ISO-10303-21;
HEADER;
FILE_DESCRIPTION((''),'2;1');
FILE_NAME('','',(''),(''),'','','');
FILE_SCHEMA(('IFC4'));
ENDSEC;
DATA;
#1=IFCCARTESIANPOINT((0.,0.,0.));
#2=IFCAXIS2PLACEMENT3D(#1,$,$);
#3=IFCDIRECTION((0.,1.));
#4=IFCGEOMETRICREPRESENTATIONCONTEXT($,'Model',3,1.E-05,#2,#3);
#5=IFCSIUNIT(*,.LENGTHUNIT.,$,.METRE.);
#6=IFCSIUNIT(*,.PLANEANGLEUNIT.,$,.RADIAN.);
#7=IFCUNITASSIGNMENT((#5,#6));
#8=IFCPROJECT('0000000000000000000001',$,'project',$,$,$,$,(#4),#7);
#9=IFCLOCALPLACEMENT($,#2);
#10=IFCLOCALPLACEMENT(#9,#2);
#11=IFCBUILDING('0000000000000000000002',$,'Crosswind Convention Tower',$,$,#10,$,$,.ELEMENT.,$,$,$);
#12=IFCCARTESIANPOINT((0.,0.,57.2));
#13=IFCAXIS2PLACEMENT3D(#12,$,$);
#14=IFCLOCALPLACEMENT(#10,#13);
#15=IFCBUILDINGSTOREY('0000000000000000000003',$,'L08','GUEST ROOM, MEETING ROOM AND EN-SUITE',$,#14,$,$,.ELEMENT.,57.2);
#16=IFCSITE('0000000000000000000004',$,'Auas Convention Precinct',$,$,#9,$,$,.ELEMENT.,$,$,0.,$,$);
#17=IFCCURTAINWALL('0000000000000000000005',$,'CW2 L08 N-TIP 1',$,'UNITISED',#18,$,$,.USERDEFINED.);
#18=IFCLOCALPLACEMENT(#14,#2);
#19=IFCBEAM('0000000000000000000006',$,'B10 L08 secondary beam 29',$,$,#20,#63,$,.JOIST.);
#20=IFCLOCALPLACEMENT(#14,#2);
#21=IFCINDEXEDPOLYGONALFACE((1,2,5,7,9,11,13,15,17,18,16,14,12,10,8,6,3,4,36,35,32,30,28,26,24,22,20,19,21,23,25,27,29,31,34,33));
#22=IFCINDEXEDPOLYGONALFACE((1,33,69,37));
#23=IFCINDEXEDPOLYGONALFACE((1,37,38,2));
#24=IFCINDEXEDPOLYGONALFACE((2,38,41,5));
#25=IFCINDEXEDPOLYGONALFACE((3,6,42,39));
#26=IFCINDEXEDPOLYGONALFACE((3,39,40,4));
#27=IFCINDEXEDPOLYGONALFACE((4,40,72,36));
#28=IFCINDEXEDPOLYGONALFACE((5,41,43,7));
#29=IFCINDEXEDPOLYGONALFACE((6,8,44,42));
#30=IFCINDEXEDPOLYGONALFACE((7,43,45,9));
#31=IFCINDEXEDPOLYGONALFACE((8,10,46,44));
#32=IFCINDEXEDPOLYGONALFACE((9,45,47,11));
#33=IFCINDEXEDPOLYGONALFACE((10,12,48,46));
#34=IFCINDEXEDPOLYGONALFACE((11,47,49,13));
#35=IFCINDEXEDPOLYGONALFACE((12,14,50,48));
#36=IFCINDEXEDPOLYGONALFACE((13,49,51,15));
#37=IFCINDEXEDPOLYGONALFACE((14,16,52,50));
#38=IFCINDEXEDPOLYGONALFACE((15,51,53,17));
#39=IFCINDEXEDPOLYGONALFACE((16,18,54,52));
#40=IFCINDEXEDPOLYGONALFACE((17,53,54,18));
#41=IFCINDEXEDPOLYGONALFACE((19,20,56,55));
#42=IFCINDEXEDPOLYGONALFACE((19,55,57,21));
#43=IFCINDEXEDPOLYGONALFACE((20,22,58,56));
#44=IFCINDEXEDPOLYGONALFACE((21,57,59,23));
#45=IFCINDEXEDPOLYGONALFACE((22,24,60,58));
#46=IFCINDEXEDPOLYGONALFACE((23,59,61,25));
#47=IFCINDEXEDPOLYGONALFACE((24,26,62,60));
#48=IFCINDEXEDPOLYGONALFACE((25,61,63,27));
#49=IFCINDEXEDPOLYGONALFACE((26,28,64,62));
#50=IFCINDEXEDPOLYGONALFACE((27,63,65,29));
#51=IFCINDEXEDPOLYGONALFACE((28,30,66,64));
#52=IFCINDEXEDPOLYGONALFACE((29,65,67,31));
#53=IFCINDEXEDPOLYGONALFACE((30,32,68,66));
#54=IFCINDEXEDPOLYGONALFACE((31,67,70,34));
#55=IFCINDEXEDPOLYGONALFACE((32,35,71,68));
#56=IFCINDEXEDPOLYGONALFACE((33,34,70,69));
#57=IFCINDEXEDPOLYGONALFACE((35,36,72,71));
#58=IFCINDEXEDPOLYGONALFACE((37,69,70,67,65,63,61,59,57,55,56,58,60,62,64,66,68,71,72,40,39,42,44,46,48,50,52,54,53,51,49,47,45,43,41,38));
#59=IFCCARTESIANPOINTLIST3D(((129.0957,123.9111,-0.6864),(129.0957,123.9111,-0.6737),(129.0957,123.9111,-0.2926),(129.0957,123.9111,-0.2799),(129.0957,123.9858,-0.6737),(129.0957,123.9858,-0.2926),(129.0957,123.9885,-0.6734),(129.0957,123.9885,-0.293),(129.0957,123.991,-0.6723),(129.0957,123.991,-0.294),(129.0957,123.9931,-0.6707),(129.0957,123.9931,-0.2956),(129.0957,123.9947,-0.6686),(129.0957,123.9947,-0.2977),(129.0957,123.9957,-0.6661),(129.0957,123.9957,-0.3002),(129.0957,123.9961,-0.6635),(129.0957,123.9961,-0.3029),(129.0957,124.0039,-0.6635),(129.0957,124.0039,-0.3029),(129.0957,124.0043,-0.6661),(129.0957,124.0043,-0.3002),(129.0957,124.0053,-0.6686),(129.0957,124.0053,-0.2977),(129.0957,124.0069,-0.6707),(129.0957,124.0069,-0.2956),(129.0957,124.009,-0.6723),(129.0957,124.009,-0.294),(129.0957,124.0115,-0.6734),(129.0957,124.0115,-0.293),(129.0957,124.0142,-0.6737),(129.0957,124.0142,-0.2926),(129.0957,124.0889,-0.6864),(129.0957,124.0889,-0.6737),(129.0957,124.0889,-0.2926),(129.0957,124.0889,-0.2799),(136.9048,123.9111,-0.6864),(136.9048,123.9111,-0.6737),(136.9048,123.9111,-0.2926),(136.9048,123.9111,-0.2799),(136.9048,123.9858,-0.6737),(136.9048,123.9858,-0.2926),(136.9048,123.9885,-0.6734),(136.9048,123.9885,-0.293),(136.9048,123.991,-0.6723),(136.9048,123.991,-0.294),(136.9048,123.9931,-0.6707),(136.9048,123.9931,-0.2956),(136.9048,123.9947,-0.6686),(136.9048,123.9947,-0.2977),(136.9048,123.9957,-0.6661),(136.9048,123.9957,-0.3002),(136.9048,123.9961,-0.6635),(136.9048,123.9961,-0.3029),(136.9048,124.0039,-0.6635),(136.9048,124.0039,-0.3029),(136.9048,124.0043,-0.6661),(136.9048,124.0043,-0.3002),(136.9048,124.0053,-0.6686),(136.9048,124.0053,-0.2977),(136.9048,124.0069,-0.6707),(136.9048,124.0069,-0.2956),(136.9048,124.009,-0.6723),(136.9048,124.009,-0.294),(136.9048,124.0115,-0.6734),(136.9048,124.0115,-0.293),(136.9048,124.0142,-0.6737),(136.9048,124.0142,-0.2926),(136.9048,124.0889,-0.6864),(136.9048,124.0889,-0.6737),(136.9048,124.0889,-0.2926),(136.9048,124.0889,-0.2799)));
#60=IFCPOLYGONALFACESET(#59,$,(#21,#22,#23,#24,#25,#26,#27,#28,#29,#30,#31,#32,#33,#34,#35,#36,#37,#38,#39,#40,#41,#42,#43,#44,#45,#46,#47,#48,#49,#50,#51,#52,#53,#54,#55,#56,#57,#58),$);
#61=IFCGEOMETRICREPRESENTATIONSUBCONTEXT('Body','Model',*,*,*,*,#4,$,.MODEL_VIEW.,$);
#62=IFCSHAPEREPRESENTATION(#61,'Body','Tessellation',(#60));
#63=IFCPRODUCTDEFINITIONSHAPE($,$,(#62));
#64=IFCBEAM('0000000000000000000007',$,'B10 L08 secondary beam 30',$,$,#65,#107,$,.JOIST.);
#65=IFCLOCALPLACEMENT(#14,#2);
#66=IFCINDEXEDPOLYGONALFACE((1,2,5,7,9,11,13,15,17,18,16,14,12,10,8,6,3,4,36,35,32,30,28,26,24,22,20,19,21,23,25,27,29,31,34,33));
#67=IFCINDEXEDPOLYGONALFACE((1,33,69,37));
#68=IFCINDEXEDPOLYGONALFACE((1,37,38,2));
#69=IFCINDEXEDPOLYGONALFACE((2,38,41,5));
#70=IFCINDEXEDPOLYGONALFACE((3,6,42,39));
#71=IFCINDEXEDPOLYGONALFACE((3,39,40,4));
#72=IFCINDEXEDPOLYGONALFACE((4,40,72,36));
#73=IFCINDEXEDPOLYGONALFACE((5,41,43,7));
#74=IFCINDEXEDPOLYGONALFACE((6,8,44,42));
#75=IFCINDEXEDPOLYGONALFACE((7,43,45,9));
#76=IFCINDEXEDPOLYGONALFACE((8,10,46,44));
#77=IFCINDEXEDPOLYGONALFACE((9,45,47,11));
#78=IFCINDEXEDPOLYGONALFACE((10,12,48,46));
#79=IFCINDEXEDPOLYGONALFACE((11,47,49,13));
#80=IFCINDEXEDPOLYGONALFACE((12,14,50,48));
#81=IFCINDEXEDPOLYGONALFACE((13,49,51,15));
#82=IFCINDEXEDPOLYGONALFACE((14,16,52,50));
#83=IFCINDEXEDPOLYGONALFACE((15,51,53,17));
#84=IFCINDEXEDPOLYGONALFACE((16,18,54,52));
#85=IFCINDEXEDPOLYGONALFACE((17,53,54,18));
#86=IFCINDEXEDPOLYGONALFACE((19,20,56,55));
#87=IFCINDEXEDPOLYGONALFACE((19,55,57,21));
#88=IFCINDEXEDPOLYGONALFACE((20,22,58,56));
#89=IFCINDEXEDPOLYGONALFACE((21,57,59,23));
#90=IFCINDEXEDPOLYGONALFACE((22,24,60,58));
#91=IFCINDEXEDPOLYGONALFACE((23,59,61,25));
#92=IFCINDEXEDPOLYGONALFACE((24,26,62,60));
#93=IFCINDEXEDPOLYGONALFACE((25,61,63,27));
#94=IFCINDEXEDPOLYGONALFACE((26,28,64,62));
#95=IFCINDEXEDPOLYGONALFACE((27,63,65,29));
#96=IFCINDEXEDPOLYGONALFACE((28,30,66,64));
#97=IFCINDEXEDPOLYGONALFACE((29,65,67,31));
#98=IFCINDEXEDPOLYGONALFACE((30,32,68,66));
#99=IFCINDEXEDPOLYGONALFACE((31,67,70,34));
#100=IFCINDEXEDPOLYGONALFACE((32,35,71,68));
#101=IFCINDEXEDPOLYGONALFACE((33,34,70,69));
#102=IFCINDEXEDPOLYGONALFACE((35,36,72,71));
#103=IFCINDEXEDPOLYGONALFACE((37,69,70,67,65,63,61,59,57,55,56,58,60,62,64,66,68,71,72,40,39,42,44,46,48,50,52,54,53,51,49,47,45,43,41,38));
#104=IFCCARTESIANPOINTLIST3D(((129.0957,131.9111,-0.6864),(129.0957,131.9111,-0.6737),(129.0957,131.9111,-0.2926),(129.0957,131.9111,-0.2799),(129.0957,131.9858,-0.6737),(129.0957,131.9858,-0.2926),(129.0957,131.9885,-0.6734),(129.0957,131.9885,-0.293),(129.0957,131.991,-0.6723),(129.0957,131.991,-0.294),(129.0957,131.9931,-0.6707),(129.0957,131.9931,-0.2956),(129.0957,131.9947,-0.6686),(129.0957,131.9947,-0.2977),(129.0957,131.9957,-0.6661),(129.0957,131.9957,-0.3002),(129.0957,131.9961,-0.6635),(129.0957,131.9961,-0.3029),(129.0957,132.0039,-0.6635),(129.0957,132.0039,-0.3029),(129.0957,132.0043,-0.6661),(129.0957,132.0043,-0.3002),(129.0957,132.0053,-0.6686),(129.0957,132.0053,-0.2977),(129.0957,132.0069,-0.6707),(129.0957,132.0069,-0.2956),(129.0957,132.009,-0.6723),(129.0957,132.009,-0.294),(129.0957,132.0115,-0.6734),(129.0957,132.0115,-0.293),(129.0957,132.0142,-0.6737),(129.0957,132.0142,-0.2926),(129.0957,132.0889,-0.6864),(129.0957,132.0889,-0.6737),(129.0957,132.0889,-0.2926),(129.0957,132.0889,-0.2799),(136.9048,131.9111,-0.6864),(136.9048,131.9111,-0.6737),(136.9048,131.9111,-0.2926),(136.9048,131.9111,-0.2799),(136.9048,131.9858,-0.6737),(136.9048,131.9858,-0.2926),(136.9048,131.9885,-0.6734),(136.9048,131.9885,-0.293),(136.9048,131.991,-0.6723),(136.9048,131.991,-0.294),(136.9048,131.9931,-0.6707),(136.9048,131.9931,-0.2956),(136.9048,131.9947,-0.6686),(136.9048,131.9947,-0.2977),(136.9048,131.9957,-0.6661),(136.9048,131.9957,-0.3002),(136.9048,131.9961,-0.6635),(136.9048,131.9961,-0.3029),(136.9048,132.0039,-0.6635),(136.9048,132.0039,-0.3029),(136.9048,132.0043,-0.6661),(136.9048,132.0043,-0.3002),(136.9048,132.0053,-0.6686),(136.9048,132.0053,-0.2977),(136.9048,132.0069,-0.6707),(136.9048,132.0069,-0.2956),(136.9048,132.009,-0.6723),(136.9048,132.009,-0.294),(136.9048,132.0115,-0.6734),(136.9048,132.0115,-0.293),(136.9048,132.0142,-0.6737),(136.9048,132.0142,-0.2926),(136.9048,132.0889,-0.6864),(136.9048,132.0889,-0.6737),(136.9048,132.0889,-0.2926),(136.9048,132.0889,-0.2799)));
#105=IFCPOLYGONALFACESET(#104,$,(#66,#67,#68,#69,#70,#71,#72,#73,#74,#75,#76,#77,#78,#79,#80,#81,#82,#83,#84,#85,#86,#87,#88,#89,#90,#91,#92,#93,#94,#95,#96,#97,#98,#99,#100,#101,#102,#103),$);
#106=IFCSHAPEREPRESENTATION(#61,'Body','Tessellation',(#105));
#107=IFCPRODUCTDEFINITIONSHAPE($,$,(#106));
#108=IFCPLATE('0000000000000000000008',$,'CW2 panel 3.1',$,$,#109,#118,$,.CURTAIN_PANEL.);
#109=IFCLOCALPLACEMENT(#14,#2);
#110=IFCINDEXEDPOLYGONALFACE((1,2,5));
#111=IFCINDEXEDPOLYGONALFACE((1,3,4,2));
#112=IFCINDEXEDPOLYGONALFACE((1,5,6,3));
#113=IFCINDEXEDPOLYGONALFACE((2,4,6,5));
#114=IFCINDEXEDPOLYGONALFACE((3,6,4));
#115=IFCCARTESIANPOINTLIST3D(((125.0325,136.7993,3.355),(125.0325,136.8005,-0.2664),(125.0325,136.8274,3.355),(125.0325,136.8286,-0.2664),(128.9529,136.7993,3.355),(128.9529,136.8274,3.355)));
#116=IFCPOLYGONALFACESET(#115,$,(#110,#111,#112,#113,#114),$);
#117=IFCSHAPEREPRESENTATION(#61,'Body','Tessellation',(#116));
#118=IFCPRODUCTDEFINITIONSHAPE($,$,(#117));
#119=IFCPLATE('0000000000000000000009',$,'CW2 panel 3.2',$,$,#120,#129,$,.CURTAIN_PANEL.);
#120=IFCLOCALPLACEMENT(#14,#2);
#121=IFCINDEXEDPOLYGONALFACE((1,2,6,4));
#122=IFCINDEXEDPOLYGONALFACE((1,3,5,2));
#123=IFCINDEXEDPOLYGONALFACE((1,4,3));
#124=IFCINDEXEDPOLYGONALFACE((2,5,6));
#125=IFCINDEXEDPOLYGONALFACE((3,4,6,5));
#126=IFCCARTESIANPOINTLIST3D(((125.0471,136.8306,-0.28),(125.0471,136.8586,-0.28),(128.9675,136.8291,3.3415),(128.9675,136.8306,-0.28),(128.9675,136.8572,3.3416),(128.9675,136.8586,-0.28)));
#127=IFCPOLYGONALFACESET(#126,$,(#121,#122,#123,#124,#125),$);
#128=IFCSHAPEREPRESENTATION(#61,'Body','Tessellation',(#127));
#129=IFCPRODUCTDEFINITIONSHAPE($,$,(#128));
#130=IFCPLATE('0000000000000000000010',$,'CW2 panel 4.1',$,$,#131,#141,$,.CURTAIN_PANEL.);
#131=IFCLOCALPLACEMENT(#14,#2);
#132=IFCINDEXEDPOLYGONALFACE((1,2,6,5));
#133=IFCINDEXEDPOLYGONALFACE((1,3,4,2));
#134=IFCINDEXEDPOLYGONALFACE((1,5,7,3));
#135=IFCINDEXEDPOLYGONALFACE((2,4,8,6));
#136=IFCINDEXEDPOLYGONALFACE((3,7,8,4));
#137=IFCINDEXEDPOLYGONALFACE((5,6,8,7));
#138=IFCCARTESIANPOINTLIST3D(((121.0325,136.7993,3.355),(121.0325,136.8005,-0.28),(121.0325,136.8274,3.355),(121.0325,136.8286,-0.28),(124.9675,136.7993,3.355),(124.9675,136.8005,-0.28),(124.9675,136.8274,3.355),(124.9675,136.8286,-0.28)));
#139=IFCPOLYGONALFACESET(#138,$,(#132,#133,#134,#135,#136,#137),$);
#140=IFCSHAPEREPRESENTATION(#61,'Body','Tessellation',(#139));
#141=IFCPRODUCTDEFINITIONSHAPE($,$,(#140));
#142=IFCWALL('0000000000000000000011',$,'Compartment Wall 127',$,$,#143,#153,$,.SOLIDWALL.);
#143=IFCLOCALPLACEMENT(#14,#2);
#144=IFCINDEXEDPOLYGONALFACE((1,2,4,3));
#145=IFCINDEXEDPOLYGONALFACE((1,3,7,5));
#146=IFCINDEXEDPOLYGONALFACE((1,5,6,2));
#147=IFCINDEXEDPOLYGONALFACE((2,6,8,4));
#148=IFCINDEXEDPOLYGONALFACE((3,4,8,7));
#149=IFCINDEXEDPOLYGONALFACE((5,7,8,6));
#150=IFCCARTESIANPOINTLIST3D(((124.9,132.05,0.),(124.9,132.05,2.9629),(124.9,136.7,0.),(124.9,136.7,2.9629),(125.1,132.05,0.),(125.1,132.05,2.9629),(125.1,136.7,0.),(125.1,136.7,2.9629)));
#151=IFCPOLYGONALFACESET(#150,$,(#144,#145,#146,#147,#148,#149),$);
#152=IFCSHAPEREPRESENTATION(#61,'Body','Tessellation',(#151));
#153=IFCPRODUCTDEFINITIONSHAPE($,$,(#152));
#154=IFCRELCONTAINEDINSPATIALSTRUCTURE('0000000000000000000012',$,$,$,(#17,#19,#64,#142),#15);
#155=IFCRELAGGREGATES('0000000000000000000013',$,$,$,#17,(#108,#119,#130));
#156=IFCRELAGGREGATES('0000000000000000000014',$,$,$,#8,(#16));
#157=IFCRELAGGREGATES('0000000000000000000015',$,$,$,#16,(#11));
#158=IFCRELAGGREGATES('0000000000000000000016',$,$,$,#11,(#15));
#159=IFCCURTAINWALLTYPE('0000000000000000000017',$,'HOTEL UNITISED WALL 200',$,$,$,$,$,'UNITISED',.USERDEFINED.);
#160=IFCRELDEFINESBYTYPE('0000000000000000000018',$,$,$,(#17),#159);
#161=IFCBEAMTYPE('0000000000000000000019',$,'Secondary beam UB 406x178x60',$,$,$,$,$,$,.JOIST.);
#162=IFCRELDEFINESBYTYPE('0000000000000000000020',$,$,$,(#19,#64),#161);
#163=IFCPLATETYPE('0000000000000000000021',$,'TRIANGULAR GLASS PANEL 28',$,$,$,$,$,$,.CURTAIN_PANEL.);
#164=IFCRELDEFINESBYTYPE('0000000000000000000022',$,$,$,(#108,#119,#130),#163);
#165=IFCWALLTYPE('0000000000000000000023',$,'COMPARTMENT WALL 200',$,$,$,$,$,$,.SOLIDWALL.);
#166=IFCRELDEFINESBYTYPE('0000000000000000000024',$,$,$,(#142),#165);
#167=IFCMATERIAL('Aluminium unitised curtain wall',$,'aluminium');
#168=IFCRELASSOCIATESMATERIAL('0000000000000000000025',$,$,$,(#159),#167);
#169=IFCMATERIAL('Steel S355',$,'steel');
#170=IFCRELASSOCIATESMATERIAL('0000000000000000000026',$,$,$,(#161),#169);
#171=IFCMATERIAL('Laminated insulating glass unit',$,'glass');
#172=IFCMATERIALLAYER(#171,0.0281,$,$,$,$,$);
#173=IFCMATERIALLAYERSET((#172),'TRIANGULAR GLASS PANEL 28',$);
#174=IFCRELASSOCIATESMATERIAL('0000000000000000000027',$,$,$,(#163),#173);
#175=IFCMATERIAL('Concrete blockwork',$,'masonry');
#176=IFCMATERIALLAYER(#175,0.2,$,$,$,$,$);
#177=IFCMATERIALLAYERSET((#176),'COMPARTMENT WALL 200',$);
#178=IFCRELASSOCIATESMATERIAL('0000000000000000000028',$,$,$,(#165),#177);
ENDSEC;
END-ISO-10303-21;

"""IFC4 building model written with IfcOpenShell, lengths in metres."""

from ifc_helpers import new_model, si_unit, direction, frame, frame_2d, origin, origin_2d, place, context, subcontext, project, spatial, polyline, rectangle, i_section, outline, extrude, material, layer, layer_set, material_profile, profile_set, type_object, element, aggregate, save


model = new_model("IFC4")

# Units and contexts
model_context = context("Model", 3, precision=1e-05, world=origin(), true_north=direction((0.0, 1.0)))
body_context = subcontext(model_context, "Body", "Model", "MODEL_VIEW")
ifc_project = project(units=[si_unit("LENGTHUNIT", "METRE"), si_unit("PLANEANGLEUNIT", "RADIAN")], contexts=[model_context])

# Site, building, storey
site_placement = place(None, origin())
site = spatial("IfcSite", under=ifc_project, at=site_placement, Name="Auas Convention Precinct", CompositionType="ELEMENT", RefElevation=0.0)
building_placement = place(site_placement, origin())
building = spatial("IfcBuilding", under=site, at=building_placement, Name="Crosswind Convention Tower", CompositionType="ELEMENT")
storey_placement = place(building_placement, frame((0.0, 0.0, 57.2)))
storey = spatial("IfcBuildingStorey", under=building, at=storey_placement, Name="L08", Description="GUEST ROOM, MEETING ROOM AND EN-SUITE", CompositionType="ELEMENT", Elevation=57.2)

# Shared definitions
ifc_material_1 = material(Name="Steel S355", Category="steel")

# Curtain wall
ifc_material_2 = material(Name="Aluminium unitised curtain wall", Category="aluminium")
curtain_wall_type = type_object("IfcCurtainWallType", Name="HOTEL UNITISED WALL 200", ElementType="UNITISED", PredefinedType="USERDEFINED", material=ifc_material_2)
curtain_wall_placement = place(storey_placement, origin())
curtain_wall = element("IfcCurtainWall", 1, at=curtain_wall_placement, inside=storey, type_object=curtain_wall_type, Name="CW2 L08 N-TIP 1", ObjectType="UNITISED", PredefinedType="USERDEFINED")

# Beams
ifc_material_profile_1 = material_profile(ifc_material_1, i_section(OverallWidth=0.1777, OverallDepth=0.4065, WebThickness=0.0078, FlangeThickness=0.0127, FilletRadius=0.0103, at=origin_2d()), Name="UB 406x178x60")
ifc_profile_set_1 = profile_set([ifc_material_profile_1], Name="Steel S355")
beam_type_1 = type_object("IfcBeamType", Name="Secondary beam UB 406x178x60", PredefinedType="JOIST", material=ifc_profile_set_1)
for number, where, z_axis, x_axis, name in (
    (2, (129.0957, 124.0, -0.4832), (1.0, 0.0, 0.0), (0.0, 1.0, 0.0), "B10 L08 secondary beam 29"),
    (3, (129.0957, 132.0, -0.4832), (1.0, 0.0, 0.0), (0.0, 1.0, 0.0), "B10 L08 secondary beam 30"),
):
    element("IfcBeam", number, at=place(storey_placement, frame(where, z_axis=z_axis, x_axis=x_axis)), inside=storey, type_object=beam_type_1, Name=name, PredefinedType="JOIST", context=body_context, shape_type="SweptSolid", body=[
        extrude(i_section(OverallWidth=0.1777, OverallDepth=0.4065, WebThickness=0.0078, FlangeThickness=0.0127, FilletRadius=0.0103, at=origin_2d()), origin(), (0.0, 0.0, 1.0), 7.8091),
    ])

# Plates
ifc_material_3 = material(Name="Laminated insulating glass unit", Category="glass")
ifc_layer_1 = layer(ifc_material_3, 0.0281)
ifc_layer_set_1 = layer_set([ifc_layer_1], Name="TRIANGULAR GLASS PANEL 28")
plate_type = type_object("IfcPlateType", Name="TRIANGULAR GLASS PANEL 28", PredefinedType="CURTAIN_PANEL", material=ifc_layer_set_1)
plate_1_placement = place(storey_placement, frame((125.0325, 136.8274, 3.355), z_axis=(0.0, 1.0, 0.000337), x_axis=(1.0, 0.0, 0.0)))
plate_1 = element("IfcPlate", 4, at=plate_1_placement, type_object=plate_type, Name="CW2 panel 3.1", PredefinedType="CURTAIN_PANEL", context=body_context, shape_type="SweptSolid", body=[
    extrude(outline(polyline([(0.0, 0.0), (3.9204, 0.0), (0.0, 3.6213), (0.0, 0.0)])), origin(), (0.0, 0.0, -1.0), 0.0281),
])
plate_2_placement = place(storey_placement, frame((128.9675, 136.8586, -0.28), z_axis=(0.0, 1.0, 0.000404), x_axis=(-1.0, 0.0, 0.0)))
plate_2 = element("IfcPlate", 5, at=plate_2_placement, type_object=plate_type, Name="CW2 panel 3.2", PredefinedType="CURTAIN_PANEL", context=body_context, shape_type="SweptSolid", body=[
    extrude(outline(polyline([(0.0, 0.0), (3.9204, 0.0), (0.0, 3.6216), (0.0, 0.0)])), origin(), (0.0, 0.0, -1.0), 0.0281),
])
plate_3_placement = place(storey_placement, frame((124.9675, 136.8286, -0.28), z_axis=(0.0, 1.0, 0.000336), x_axis=(-1.0, 0.0, 0.0)))
plate_3 = element("IfcPlate", 6, at=plate_3_placement, type_object=plate_type, Name="CW2 panel 4.1", PredefinedType="CURTAIN_PANEL", context=body_context, shape_type="SweptSolid", body=[
    extrude(outline(polyline([(0.0, 0.0), (3.9351, 0.0), (3.9351, 3.635), (0.0, 3.635), (0.0, 0.0)])), origin(), (0.0, 0.0, -1.0), 0.0281),
])
aggregate(curtain_wall, [plate_1, plate_2, plate_3])

# Wall
ifc_material_4 = material(Name="Concrete blockwork", Category="masonry")
ifc_layer_2 = layer(ifc_material_4, 0.2)
ifc_layer_set_2 = layer_set([ifc_layer_2], Name="COMPARTMENT WALL 200")
wall_type_1 = type_object("IfcWallType", Name="COMPARTMENT WALL 200", PredefinedType="SOLIDWALL", material=ifc_layer_set_2)
wall_1_placement = place(storey_placement, frame((125.0, 132.05, 0.0), z_axis=(0.0, 0.0, 1.0), x_axis=(0.0, 1.0, 0.0)))
element("IfcWall", 7, at=wall_1_placement, inside=storey, type_object=wall_type_1, Name="Compartment Wall 127", PredefinedType="SOLIDWALL", context=body_context, shape_type="SweptSolid", body=[
    extrude(rectangle(XDim=4.6499, YDim=0.2, at=frame_2d((2.325, 0.0))), origin(), (0.0, 0.0, 1.0), 2.9629),
])

save(model, "model.ifc")
